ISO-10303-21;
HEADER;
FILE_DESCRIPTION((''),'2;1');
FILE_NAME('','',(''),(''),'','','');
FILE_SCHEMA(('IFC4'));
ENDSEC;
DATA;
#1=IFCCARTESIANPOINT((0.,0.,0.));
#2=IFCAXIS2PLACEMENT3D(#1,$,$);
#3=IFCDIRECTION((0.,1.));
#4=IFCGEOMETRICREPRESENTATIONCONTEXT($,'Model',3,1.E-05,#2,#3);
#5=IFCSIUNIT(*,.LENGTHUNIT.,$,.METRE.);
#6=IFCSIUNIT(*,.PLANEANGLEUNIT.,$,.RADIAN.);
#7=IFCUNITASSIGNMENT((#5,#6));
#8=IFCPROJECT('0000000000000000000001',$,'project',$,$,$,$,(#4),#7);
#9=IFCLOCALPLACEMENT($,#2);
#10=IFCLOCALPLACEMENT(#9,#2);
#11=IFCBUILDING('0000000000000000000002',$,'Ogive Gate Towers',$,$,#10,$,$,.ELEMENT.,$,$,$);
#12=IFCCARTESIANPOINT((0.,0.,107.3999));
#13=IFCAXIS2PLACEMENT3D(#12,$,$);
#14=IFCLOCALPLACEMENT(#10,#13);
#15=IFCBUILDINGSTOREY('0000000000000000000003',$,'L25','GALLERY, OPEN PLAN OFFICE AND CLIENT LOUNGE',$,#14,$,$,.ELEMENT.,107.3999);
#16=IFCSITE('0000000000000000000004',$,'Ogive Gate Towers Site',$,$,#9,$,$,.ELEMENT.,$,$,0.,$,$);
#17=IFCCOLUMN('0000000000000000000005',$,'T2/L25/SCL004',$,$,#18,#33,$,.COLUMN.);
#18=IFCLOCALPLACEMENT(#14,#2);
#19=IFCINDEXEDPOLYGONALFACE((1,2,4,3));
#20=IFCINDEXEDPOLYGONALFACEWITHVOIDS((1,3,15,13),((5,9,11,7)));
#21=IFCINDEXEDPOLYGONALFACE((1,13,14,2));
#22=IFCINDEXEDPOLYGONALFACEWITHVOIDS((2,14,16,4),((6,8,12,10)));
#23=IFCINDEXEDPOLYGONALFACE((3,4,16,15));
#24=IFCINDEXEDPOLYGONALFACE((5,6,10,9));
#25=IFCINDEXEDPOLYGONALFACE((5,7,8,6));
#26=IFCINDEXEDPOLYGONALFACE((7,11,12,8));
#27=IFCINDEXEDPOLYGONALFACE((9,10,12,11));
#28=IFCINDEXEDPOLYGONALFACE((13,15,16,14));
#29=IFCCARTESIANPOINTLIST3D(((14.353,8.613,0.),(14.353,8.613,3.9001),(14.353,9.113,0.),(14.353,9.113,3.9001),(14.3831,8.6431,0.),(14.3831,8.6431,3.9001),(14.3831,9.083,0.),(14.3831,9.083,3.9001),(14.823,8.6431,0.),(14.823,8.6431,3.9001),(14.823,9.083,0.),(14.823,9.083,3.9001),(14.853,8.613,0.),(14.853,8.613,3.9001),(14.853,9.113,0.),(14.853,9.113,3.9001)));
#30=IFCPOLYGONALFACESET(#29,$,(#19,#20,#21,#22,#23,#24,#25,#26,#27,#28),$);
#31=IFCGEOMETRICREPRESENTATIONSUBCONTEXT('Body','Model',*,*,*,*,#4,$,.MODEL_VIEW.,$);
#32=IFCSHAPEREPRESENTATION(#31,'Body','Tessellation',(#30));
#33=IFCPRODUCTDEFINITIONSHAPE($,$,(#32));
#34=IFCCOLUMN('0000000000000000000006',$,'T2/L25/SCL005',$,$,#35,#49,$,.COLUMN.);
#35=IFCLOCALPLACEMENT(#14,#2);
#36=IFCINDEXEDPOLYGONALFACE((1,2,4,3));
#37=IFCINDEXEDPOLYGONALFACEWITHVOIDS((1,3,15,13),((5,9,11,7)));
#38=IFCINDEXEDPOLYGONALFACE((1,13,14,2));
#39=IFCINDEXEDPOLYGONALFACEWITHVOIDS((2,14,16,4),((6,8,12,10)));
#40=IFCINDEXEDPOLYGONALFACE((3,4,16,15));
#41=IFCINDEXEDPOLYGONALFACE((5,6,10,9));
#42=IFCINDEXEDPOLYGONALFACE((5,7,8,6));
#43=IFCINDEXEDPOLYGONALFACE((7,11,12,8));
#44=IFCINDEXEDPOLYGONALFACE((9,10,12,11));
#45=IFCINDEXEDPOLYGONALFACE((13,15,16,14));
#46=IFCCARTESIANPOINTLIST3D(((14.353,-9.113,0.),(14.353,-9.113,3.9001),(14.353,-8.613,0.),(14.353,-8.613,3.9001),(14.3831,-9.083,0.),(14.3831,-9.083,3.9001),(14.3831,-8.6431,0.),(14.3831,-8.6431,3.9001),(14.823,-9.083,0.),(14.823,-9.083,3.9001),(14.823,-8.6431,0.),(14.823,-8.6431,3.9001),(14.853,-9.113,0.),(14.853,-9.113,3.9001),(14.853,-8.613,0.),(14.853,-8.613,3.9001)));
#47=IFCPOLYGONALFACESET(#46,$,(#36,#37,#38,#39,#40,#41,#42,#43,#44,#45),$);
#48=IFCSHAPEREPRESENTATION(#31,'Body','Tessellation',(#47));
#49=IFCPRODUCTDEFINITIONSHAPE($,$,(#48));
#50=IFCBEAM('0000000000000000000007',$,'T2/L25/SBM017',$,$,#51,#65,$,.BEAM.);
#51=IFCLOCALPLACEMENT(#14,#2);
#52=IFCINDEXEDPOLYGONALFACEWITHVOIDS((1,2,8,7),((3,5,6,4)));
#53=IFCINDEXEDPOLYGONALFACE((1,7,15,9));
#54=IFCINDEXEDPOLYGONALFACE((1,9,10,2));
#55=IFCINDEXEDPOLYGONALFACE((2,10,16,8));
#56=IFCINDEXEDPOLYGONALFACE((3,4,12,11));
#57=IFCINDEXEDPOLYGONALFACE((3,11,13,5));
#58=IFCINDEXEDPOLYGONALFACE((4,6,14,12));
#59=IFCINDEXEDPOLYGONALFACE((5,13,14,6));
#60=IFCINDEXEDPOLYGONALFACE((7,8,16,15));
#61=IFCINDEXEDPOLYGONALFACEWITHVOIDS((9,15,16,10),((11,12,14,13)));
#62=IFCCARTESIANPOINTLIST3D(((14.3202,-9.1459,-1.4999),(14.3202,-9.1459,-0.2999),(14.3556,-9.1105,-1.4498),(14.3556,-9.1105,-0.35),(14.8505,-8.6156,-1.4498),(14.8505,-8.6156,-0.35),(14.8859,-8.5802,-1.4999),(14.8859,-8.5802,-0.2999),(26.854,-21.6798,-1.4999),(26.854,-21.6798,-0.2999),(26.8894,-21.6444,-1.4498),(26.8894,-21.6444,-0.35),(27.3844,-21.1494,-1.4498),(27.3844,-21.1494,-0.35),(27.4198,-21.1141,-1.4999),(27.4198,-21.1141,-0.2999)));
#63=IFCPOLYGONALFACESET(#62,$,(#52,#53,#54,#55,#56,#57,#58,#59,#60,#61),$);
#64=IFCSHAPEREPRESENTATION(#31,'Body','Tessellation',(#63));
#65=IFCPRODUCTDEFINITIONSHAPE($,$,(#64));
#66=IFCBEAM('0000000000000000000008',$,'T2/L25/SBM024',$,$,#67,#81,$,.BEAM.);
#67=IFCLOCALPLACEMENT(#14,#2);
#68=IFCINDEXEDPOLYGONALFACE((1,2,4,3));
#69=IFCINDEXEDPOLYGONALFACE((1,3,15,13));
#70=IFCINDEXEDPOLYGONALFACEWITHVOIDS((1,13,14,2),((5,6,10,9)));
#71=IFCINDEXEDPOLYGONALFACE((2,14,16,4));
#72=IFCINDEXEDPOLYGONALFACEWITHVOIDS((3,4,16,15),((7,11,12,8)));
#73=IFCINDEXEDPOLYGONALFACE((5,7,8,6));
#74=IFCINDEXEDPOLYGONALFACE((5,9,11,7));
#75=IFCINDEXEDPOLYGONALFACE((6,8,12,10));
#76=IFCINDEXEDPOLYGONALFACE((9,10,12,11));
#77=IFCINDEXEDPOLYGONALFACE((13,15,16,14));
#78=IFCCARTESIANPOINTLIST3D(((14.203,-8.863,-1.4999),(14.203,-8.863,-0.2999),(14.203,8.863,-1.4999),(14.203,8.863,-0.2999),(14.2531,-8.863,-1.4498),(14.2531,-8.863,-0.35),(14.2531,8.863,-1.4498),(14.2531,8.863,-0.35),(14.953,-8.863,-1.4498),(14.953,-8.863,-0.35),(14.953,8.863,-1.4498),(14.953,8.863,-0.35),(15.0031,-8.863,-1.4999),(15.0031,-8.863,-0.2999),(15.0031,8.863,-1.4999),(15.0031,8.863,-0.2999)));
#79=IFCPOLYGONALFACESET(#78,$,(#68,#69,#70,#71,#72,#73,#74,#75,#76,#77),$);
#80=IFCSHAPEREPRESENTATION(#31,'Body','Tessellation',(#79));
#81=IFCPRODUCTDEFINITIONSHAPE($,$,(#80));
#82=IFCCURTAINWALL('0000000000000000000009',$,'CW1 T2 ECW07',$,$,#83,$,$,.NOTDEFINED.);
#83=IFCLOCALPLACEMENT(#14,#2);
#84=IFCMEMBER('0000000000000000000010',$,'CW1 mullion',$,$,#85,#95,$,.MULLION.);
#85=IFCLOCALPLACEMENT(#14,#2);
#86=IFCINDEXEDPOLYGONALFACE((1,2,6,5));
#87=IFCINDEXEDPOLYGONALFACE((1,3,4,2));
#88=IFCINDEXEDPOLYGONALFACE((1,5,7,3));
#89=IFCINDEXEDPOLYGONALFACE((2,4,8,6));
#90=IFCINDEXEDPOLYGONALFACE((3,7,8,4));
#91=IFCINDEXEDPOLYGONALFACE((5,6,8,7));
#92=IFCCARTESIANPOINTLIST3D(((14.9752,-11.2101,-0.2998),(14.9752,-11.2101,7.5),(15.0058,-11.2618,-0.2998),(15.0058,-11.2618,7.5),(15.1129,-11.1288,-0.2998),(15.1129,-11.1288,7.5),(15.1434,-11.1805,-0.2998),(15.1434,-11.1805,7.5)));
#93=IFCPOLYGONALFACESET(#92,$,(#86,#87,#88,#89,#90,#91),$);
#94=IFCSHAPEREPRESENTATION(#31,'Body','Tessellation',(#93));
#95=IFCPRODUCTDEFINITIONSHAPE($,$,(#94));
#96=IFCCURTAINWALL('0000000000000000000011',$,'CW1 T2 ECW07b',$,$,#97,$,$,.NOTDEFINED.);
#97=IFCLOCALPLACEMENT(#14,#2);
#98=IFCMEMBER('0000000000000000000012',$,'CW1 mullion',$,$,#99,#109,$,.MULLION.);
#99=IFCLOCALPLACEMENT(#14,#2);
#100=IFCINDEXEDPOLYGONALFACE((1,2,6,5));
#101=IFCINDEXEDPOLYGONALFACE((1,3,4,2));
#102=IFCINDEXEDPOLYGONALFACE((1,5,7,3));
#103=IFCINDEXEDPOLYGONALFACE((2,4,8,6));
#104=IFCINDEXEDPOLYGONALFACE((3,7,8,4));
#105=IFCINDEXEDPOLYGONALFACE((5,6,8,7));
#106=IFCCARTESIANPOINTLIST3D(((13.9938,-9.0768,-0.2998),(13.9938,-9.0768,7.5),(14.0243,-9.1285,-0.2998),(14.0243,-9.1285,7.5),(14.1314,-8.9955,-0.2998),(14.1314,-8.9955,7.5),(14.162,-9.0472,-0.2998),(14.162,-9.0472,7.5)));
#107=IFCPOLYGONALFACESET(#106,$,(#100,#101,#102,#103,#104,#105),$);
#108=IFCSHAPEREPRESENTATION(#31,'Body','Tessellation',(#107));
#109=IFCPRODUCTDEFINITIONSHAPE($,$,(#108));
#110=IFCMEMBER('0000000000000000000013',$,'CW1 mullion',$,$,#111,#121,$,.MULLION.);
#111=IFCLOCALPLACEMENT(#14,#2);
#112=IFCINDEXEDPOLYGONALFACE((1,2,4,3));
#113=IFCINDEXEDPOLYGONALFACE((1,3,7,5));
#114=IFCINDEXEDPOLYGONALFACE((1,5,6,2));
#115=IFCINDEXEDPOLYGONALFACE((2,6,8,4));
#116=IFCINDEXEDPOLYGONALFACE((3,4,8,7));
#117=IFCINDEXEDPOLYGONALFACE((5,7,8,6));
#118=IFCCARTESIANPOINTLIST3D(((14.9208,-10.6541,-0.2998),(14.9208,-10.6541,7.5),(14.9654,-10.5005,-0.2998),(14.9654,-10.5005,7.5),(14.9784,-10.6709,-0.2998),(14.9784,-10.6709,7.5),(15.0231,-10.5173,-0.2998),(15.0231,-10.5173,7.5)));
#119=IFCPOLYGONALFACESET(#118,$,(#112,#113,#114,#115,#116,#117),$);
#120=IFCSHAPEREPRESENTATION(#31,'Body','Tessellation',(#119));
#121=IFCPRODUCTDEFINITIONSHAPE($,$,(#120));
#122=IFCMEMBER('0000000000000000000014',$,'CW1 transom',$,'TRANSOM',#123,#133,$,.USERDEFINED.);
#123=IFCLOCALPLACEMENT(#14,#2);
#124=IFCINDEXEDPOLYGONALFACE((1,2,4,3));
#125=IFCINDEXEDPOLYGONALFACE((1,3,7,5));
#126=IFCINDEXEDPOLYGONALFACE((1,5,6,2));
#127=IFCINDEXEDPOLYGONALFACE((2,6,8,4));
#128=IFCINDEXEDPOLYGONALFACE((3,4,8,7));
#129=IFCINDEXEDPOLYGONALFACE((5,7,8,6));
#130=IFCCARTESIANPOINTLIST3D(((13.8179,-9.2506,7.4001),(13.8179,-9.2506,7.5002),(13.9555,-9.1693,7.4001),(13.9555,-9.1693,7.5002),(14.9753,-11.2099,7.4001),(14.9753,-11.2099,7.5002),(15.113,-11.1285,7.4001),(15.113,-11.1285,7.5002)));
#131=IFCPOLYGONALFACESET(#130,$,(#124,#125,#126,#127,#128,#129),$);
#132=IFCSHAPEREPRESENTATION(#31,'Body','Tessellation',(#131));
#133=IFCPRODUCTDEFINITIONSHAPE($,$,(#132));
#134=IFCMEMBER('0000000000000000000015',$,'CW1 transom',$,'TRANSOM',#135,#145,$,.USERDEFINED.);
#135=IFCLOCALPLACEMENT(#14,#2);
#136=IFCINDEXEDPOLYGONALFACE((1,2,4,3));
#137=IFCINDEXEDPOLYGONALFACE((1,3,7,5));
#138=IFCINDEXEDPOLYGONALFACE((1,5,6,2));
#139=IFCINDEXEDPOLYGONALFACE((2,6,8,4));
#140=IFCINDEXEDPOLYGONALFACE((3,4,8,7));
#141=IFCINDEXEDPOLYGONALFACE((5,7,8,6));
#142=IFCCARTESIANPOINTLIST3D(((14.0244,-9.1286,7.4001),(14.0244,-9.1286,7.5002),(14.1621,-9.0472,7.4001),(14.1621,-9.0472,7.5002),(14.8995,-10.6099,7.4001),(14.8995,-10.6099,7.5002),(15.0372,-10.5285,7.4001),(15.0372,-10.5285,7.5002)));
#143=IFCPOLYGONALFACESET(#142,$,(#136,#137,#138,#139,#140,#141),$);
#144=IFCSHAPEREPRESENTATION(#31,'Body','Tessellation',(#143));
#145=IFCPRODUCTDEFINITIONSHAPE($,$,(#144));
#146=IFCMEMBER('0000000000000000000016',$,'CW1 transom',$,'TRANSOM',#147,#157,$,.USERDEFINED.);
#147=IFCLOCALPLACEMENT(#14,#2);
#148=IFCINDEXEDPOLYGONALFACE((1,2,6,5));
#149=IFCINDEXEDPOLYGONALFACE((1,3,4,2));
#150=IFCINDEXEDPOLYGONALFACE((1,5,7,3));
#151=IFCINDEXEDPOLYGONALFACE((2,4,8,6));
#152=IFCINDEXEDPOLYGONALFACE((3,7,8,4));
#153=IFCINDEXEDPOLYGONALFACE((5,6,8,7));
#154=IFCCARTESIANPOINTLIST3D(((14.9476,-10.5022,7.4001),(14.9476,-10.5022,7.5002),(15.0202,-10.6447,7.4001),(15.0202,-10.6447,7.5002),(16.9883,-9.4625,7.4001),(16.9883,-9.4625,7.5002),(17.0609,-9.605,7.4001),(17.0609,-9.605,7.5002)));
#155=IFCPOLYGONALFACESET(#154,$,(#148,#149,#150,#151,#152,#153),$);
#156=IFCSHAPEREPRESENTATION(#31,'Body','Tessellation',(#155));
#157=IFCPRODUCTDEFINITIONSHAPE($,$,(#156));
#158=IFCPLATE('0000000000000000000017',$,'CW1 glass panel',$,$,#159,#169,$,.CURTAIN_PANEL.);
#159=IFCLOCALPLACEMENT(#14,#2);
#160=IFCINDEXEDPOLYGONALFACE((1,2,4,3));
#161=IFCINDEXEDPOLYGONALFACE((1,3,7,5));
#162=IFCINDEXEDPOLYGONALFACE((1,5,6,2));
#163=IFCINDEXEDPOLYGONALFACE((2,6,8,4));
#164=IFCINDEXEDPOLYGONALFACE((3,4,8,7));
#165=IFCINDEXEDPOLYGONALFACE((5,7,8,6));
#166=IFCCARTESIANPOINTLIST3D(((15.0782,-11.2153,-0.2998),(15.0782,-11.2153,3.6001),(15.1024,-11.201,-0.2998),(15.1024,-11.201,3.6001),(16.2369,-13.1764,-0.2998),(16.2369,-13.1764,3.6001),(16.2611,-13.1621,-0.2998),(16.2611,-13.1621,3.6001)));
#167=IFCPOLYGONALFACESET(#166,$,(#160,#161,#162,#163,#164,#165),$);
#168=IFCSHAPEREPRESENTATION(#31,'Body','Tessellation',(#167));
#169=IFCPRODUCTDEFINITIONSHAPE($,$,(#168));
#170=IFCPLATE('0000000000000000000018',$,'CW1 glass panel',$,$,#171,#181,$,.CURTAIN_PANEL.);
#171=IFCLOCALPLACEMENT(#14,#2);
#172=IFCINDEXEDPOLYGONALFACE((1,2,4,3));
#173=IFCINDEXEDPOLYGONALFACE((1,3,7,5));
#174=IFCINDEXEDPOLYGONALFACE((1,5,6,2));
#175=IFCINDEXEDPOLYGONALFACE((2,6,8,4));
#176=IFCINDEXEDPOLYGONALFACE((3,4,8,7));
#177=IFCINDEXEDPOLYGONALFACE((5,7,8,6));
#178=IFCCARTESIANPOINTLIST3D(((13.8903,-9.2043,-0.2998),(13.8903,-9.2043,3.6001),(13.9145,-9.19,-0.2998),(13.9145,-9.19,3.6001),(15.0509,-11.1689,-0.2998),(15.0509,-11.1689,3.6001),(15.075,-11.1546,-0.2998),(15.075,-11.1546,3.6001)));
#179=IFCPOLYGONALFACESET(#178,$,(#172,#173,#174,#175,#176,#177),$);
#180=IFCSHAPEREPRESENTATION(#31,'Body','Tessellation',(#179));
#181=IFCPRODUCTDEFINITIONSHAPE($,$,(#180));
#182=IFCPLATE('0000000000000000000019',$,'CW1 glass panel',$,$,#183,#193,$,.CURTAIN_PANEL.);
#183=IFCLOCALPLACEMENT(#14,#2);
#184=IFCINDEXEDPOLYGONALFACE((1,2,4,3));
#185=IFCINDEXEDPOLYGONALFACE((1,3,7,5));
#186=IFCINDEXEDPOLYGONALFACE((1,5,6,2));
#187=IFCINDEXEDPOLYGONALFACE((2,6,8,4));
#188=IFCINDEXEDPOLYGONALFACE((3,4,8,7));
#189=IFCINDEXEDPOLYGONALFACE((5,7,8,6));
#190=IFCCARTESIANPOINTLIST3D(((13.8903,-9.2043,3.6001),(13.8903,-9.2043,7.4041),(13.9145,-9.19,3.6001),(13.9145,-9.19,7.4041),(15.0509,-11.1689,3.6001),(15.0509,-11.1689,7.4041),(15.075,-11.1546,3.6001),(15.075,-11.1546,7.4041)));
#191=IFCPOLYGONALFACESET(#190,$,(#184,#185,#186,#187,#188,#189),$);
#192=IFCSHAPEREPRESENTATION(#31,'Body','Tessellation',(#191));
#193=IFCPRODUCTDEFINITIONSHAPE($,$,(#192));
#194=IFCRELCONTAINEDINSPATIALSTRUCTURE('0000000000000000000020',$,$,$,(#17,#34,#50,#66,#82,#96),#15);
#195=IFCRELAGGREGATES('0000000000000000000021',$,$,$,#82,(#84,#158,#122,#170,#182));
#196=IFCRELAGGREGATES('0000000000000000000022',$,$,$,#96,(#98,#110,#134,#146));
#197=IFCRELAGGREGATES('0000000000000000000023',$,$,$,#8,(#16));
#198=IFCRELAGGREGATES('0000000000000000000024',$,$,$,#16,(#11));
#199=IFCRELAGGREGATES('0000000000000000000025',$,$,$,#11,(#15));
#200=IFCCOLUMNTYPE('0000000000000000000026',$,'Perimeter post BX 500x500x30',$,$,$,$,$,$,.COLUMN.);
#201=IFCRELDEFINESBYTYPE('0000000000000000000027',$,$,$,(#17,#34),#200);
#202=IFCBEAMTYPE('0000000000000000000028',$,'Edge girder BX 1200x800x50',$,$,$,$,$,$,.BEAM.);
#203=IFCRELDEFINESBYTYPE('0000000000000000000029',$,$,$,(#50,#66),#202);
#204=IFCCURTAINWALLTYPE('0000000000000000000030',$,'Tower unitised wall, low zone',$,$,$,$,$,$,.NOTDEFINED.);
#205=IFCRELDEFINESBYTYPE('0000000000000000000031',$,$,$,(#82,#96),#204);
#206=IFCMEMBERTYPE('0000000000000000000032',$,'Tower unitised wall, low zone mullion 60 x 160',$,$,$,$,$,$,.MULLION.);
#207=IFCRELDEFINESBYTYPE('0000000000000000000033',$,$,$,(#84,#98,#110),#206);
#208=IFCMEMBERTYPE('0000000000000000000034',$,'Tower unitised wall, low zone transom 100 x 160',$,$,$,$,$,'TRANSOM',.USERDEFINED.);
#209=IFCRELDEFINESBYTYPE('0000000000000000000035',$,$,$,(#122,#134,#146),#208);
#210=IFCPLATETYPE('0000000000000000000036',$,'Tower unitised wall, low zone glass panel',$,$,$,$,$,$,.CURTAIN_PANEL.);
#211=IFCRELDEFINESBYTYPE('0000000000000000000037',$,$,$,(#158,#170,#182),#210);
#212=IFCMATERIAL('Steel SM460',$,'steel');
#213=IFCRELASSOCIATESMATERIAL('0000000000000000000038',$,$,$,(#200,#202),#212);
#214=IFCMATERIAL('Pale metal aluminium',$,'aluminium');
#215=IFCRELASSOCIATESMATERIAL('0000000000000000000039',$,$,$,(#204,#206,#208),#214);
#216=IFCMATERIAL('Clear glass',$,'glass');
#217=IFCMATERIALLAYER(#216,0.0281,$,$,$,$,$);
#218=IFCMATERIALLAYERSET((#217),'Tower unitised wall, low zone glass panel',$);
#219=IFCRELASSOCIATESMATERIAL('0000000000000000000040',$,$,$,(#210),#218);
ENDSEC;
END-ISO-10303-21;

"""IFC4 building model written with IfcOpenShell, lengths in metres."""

from ifc_helpers import new_model, si_unit, direction, frame, origin, origin_2d, place, context, subcontext, project, spatial, rectangle, hollow_rectangle, extrude, material, layer, layer_set, material_profile, profile_set, type_object, element, aggregate, save


model = new_model("IFC4")

# Units and contexts
model_context = context("Model", 3, precision=1e-05, world=origin(), true_north=direction((0.0, 1.0)))
body_context = subcontext(model_context, "Body", "Model", "MODEL_VIEW")
ifc_project = project(units=[si_unit("LENGTHUNIT", "METRE"), si_unit("PLANEANGLEUNIT", "RADIAN")], contexts=[model_context])

# Site, building, storey
site_placement = place(None, origin())
site = spatial("IfcSite", under=ifc_project, at=site_placement, Name="Ogive Gate Towers Site", CompositionType="ELEMENT", RefElevation=0.0)
building_placement = place(site_placement, origin())
building = spatial("IfcBuilding", under=site, at=building_placement, Name="Ogive Gate Towers", CompositionType="ELEMENT")
storey_placement = place(building_placement, frame((0.0, 0.0, 107.3999)))
storey = spatial("IfcBuildingStorey", under=building, at=storey_placement, Name="L25", Description="GALLERY, OPEN PLAN OFFICE AND CLIENT LOUNGE", CompositionType="ELEMENT", Elevation=107.3999)

# Columns
ifc_material_1 = material(Name="Steel SM460", Category="steel")
ifc_material_profile_1 = material_profile(ifc_material_1, hollow_rectangle(XDim=0.5, YDim=0.5, WallThickness=0.03, at=origin_2d()), Name="BX 500x500x30")
ifc_profile_set_1 = profile_set([ifc_material_profile_1], Name="Steel SM460")
column_type = type_object("IfcColumnType", Name="Perimeter post BX 500x500x30", PredefinedType="COLUMN", material=ifc_profile_set_1)
for number, where, z_axis, x_axis, name in (
    (1, (14.603, 8.863, 0.0), (0.0, 0.0, 1.0), (1.0, 0.0, 0.0), "T2/L25/SCL004"),
    (2, (14.603, -8.863, 0.0), (0.0, 0.0, 1.0), (1.0, 0.0, 0.0), "T2/L25/SCL005"),
):
    element("IfcColumn", number, at=place(storey_placement, frame(where, z_axis=z_axis, x_axis=x_axis)), inside=storey, type_object=column_type, Name=name, PredefinedType="COLUMN", context=body_context, shape_type="SweptSolid", body=[
        extrude(hollow_rectangle(XDim=0.5, YDim=0.5, WallThickness=0.03, at=origin_2d()), origin(), (0.0, 0.0, 1.0), 3.9001),
    ])

# Beams
ifc_material_profile_2 = material_profile(ifc_material_1, hollow_rectangle(XDim=0.8, YDim=1.2, WallThickness=0.05, at=origin_2d()), Name="BX 1200x800x50")
ifc_profile_set_2 = profile_set([ifc_material_profile_2], Name="Steel SM460")
beam_type = type_object("IfcBeamType", Name="Edge girder BX 1200x800x50", PredefinedType="BEAM", material=ifc_profile_set_2)
beam_1_placement = place(storey_placement, frame((14.603, -8.863, -0.8999), z_axis=(0.707107, -0.707107, 0.0), x_axis=(0.707107, 0.707107, 0.0)))
element("IfcBeam", 3, at=beam_1_placement, inside=storey, type_object=beam_type, Name="T2/L25/SBM017", PredefinedType="BEAM", context=body_context, shape_type="SweptSolid", body=[
    extrude(hollow_rectangle(XDim=0.8, YDim=1.2, WallThickness=0.05, at=origin_2d()), origin(), (0.0, 0.0, 1.0), 17.7256),
])
beam_2_placement = place(storey_placement, frame((14.603, 8.863, -0.8999), z_axis=(0.0, -1.0, 0.0), x_axis=(1.0, 0.0, 0.0)))
element("IfcBeam", 4, at=beam_2_placement, inside=storey, type_object=beam_type, Name="T2/L25/SBM024", PredefinedType="BEAM", context=body_context, shape_type="SweptSolid", body=[
    extrude(hollow_rectangle(XDim=0.8, YDim=1.2, WallThickness=0.05, at=origin_2d()), origin(), (0.0, 0.0, 1.0), 17.7261),
])

# Curtain wall, member
ifc_material_2 = material(Name="Pale metal aluminium", Category="aluminium")
curtain_wall_type = type_object("IfcCurtainWallType", Name="Tower unitised wall, low zone", PredefinedType="NOTDEFINED", material=ifc_material_2)
curtain_wall_1_placement = place(storey_placement, origin())
curtain_wall_1 = element("IfcCurtainWall", 5, at=curtain_wall_1_placement, inside=storey, type_object=curtain_wall_type, Name="CW1 T2 ECW07", PredefinedType="NOTDEFINED")
ifc_material_profile_3 = material_profile(ifc_material_2, rectangle(XDim=0.1599, YDim=0.0601, at=origin_2d()), Name="60 x 160 aluminium box")
ifc_profile_set_3 = profile_set([ifc_material_profile_3], Name="Pale metal aluminium")
member_type_1 = type_object("IfcMemberType", Name="Tower unitised wall, low zone mullion 60 x 160", PredefinedType="MULLION", material=ifc_profile_set_3)
member_1_placement = place(storey_placement, frame((15.0593, -11.1953, -0.2998), z_axis=(0.0, 0.0, 1.0), x_axis=(0.860973, 0.508651, 0.0)))
member_1 = element("IfcMember", 6, at=member_1_placement, type_object=member_type_1, Name="CW1 mullion", PredefinedType="MULLION", context=body_context, shape_type="SweptSolid", body=[
    extrude(rectangle(XDim=0.1599, YDim=0.0601, at=origin_2d()), origin(), (0.0, 0.0, 1.0), 7.7998),
])

# Curtain wall, members
curtain_wall_2_placement = place(storey_placement, origin())
curtain_wall_2 = element("IfcCurtainWall", 7, at=curtain_wall_2_placement, inside=storey, type_object=curtain_wall_type, Name="CW1 T2 ECW07b", PredefinedType="NOTDEFINED")
member_2_placement = place(storey_placement, frame((14.0779, -9.062, -0.2998), z_axis=(0.0, 0.0, 1.0), x_axis=(-0.860973, -0.508651, 0.0)))
member_2 = element("IfcMember", 8, at=member_2_placement, type_object=member_type_1, Name="CW1 mullion", PredefinedType="MULLION", context=body_context, shape_type="SweptSolid", body=[
    extrude(rectangle(XDim=0.1599, YDim=0.0601, at=origin_2d()), origin(), (0.0, 0.0, 1.0), 7.7998),
])
member_3_placement = place(storey_placement, frame((14.9719, -10.5857, -0.2998), z_axis=(0.0, 0.0, 1.0), x_axis=(-0.279192, -0.960235, 0.0)))
member_3 = element("IfcMember", 9, at=member_3_placement, type_object=member_type_1, Name="CW1 mullion", PredefinedType="MULLION", context=body_context, shape_type="SweptSolid", body=[
    extrude(rectangle(XDim=0.1599, YDim=0.0601, at=origin_2d()), origin(), (0.0, 0.0, 1.0), 7.7998),
])

# Members
ifc_material_profile_4 = material_profile(ifc_material_2, rectangle(XDim=0.1599, YDim=0.1001, at=origin_2d()), Name="100 x 160 aluminium box")
ifc_profile_set_4 = profile_set([ifc_material_profile_4], Name="Pale metal aluminium")
member_type_2 = type_object("IfcMemberType", Name="Tower unitised wall, low zone transom 100 x 160", ElementType="TRANSOM", PredefinedType="USERDEFINED", material=ifc_profile_set_4)
member_4_placement = place(storey_placement, frame((15.0442, -11.1692, 7.4502), z_axis=(-0.508646, 0.860976, 0.0), x_axis=(-0.860976, -0.508646, 0.0)))
member_4 = element("IfcMember", 10, at=member_4_placement, type_object=member_type_2, Name="CW1 transom", ObjectType="TRANSOM", PredefinedType="USERDEFINED", context=body_context, shape_type="SweptSolid", body=[
    extrude(rectangle(XDim=0.1599, YDim=0.1001, at=origin_2d()), origin(), (0.0, 0.0, 1.0), 2.2756),
])
member_5_placement = place(storey_placement, frame((14.0933, -9.0879, 7.4502), z_axis=(0.508619, -0.860992, 0.0), x_axis=(0.860992, 0.508619, 0.0)))
member_5 = element("IfcMember", 11, at=member_5_placement, type_object=member_type_2, Name="CW1 transom", ObjectType="TRANSOM", PredefinedType="USERDEFINED", context=body_context, shape_type="SweptSolid", body=[
    extrude(rectangle(XDim=0.1599, YDim=0.1001, at=origin_2d()), origin(), (0.0, 0.0, 1.0), 1.7205),
])
member_6_placement = place(storey_placement, frame((14.9839, -10.5735, 7.4502), z_axis=(0.891012, 0.45398, 0.0), x_axis=(-0.45398, 0.891012, 0.0)))
member_6 = element("IfcMember", 12, at=member_6_placement, type_object=member_type_2, Name="CW1 transom", ObjectType="TRANSOM", PredefinedType="USERDEFINED", context=body_context, shape_type="SweptSolid", body=[
    extrude(rectangle(XDim=0.1599, YDim=0.1001, at=origin_2d()), origin(), (0.0, 0.0, 1.0), 2.2903),
])

# Plates
ifc_material_3 = material(Name="Clear glass", Category="glass")
ifc_layer = layer(ifc_material_3, 0.0281)
ifc_layer_set = layer_set([ifc_layer], Name="Tower unitised wall, low zone glass panel")
plate_type = type_object("IfcPlateType", Name="Tower unitised wall, low zone glass panel", PredefinedType="CURTAIN_PANEL", material=ifc_layer_set)
plate_1_placement = place(storey_placement, frame((15.6697, -12.1887, -0.2998), z_axis=(0.0, 0.0, 1.0), x_axis=(-0.508681, 0.860955, 0.0)))
plate_1 = element("IfcPlate", 13, at=plate_1_placement, type_object=plate_type, Name="CW1 glass panel", PredefinedType="CURTAIN_PANEL", context=body_context, shape_type="SweptSolid", body=[
    extrude(rectangle(XDim=2.2778, YDim=0.0281, at=origin_2d()), origin(), (0.0, 0.0, 1.0), 3.8999),
])
plate_2_placement = place(storey_placement, frame((14.4827, -10.1794, -0.2998), z_axis=(0.0, 0.0, 1.0), x_axis=(-0.508636, 0.860982, 0.0)))
plate_2 = element("IfcPlate", 14, at=plate_2_placement, type_object=plate_type, Name="CW1 glass panel", PredefinedType="CURTAIN_PANEL", context=body_context, shape_type="SweptSolid", body=[
    extrude(rectangle(XDim=2.2817, YDim=0.0281, at=origin_2d()), origin(), (0.0, 0.0, 1.0), 3.8999),
])
plate_3_placement = place(storey_placement, frame((14.4827, -10.1794, 3.6001), z_axis=(0.0, 0.0, 1.0), x_axis=(-0.508636, 0.860982, 0.0)))
plate_3 = element("IfcPlate", 15, at=plate_3_placement, type_object=plate_type, Name="CW1 glass panel", PredefinedType="CURTAIN_PANEL", context=body_context, shape_type="SweptSolid", body=[
    extrude(rectangle(XDim=2.2817, YDim=0.0281, at=origin_2d()), origin(), (0.0, 0.0, 1.0), 3.804),
])
aggregate(curtain_wall_1, [member_1, plate_1, member_4, plate_2, plate_3])
aggregate(curtain_wall_2, [member_2, member_3, member_5, member_6])

save(model, "model.ifc")
